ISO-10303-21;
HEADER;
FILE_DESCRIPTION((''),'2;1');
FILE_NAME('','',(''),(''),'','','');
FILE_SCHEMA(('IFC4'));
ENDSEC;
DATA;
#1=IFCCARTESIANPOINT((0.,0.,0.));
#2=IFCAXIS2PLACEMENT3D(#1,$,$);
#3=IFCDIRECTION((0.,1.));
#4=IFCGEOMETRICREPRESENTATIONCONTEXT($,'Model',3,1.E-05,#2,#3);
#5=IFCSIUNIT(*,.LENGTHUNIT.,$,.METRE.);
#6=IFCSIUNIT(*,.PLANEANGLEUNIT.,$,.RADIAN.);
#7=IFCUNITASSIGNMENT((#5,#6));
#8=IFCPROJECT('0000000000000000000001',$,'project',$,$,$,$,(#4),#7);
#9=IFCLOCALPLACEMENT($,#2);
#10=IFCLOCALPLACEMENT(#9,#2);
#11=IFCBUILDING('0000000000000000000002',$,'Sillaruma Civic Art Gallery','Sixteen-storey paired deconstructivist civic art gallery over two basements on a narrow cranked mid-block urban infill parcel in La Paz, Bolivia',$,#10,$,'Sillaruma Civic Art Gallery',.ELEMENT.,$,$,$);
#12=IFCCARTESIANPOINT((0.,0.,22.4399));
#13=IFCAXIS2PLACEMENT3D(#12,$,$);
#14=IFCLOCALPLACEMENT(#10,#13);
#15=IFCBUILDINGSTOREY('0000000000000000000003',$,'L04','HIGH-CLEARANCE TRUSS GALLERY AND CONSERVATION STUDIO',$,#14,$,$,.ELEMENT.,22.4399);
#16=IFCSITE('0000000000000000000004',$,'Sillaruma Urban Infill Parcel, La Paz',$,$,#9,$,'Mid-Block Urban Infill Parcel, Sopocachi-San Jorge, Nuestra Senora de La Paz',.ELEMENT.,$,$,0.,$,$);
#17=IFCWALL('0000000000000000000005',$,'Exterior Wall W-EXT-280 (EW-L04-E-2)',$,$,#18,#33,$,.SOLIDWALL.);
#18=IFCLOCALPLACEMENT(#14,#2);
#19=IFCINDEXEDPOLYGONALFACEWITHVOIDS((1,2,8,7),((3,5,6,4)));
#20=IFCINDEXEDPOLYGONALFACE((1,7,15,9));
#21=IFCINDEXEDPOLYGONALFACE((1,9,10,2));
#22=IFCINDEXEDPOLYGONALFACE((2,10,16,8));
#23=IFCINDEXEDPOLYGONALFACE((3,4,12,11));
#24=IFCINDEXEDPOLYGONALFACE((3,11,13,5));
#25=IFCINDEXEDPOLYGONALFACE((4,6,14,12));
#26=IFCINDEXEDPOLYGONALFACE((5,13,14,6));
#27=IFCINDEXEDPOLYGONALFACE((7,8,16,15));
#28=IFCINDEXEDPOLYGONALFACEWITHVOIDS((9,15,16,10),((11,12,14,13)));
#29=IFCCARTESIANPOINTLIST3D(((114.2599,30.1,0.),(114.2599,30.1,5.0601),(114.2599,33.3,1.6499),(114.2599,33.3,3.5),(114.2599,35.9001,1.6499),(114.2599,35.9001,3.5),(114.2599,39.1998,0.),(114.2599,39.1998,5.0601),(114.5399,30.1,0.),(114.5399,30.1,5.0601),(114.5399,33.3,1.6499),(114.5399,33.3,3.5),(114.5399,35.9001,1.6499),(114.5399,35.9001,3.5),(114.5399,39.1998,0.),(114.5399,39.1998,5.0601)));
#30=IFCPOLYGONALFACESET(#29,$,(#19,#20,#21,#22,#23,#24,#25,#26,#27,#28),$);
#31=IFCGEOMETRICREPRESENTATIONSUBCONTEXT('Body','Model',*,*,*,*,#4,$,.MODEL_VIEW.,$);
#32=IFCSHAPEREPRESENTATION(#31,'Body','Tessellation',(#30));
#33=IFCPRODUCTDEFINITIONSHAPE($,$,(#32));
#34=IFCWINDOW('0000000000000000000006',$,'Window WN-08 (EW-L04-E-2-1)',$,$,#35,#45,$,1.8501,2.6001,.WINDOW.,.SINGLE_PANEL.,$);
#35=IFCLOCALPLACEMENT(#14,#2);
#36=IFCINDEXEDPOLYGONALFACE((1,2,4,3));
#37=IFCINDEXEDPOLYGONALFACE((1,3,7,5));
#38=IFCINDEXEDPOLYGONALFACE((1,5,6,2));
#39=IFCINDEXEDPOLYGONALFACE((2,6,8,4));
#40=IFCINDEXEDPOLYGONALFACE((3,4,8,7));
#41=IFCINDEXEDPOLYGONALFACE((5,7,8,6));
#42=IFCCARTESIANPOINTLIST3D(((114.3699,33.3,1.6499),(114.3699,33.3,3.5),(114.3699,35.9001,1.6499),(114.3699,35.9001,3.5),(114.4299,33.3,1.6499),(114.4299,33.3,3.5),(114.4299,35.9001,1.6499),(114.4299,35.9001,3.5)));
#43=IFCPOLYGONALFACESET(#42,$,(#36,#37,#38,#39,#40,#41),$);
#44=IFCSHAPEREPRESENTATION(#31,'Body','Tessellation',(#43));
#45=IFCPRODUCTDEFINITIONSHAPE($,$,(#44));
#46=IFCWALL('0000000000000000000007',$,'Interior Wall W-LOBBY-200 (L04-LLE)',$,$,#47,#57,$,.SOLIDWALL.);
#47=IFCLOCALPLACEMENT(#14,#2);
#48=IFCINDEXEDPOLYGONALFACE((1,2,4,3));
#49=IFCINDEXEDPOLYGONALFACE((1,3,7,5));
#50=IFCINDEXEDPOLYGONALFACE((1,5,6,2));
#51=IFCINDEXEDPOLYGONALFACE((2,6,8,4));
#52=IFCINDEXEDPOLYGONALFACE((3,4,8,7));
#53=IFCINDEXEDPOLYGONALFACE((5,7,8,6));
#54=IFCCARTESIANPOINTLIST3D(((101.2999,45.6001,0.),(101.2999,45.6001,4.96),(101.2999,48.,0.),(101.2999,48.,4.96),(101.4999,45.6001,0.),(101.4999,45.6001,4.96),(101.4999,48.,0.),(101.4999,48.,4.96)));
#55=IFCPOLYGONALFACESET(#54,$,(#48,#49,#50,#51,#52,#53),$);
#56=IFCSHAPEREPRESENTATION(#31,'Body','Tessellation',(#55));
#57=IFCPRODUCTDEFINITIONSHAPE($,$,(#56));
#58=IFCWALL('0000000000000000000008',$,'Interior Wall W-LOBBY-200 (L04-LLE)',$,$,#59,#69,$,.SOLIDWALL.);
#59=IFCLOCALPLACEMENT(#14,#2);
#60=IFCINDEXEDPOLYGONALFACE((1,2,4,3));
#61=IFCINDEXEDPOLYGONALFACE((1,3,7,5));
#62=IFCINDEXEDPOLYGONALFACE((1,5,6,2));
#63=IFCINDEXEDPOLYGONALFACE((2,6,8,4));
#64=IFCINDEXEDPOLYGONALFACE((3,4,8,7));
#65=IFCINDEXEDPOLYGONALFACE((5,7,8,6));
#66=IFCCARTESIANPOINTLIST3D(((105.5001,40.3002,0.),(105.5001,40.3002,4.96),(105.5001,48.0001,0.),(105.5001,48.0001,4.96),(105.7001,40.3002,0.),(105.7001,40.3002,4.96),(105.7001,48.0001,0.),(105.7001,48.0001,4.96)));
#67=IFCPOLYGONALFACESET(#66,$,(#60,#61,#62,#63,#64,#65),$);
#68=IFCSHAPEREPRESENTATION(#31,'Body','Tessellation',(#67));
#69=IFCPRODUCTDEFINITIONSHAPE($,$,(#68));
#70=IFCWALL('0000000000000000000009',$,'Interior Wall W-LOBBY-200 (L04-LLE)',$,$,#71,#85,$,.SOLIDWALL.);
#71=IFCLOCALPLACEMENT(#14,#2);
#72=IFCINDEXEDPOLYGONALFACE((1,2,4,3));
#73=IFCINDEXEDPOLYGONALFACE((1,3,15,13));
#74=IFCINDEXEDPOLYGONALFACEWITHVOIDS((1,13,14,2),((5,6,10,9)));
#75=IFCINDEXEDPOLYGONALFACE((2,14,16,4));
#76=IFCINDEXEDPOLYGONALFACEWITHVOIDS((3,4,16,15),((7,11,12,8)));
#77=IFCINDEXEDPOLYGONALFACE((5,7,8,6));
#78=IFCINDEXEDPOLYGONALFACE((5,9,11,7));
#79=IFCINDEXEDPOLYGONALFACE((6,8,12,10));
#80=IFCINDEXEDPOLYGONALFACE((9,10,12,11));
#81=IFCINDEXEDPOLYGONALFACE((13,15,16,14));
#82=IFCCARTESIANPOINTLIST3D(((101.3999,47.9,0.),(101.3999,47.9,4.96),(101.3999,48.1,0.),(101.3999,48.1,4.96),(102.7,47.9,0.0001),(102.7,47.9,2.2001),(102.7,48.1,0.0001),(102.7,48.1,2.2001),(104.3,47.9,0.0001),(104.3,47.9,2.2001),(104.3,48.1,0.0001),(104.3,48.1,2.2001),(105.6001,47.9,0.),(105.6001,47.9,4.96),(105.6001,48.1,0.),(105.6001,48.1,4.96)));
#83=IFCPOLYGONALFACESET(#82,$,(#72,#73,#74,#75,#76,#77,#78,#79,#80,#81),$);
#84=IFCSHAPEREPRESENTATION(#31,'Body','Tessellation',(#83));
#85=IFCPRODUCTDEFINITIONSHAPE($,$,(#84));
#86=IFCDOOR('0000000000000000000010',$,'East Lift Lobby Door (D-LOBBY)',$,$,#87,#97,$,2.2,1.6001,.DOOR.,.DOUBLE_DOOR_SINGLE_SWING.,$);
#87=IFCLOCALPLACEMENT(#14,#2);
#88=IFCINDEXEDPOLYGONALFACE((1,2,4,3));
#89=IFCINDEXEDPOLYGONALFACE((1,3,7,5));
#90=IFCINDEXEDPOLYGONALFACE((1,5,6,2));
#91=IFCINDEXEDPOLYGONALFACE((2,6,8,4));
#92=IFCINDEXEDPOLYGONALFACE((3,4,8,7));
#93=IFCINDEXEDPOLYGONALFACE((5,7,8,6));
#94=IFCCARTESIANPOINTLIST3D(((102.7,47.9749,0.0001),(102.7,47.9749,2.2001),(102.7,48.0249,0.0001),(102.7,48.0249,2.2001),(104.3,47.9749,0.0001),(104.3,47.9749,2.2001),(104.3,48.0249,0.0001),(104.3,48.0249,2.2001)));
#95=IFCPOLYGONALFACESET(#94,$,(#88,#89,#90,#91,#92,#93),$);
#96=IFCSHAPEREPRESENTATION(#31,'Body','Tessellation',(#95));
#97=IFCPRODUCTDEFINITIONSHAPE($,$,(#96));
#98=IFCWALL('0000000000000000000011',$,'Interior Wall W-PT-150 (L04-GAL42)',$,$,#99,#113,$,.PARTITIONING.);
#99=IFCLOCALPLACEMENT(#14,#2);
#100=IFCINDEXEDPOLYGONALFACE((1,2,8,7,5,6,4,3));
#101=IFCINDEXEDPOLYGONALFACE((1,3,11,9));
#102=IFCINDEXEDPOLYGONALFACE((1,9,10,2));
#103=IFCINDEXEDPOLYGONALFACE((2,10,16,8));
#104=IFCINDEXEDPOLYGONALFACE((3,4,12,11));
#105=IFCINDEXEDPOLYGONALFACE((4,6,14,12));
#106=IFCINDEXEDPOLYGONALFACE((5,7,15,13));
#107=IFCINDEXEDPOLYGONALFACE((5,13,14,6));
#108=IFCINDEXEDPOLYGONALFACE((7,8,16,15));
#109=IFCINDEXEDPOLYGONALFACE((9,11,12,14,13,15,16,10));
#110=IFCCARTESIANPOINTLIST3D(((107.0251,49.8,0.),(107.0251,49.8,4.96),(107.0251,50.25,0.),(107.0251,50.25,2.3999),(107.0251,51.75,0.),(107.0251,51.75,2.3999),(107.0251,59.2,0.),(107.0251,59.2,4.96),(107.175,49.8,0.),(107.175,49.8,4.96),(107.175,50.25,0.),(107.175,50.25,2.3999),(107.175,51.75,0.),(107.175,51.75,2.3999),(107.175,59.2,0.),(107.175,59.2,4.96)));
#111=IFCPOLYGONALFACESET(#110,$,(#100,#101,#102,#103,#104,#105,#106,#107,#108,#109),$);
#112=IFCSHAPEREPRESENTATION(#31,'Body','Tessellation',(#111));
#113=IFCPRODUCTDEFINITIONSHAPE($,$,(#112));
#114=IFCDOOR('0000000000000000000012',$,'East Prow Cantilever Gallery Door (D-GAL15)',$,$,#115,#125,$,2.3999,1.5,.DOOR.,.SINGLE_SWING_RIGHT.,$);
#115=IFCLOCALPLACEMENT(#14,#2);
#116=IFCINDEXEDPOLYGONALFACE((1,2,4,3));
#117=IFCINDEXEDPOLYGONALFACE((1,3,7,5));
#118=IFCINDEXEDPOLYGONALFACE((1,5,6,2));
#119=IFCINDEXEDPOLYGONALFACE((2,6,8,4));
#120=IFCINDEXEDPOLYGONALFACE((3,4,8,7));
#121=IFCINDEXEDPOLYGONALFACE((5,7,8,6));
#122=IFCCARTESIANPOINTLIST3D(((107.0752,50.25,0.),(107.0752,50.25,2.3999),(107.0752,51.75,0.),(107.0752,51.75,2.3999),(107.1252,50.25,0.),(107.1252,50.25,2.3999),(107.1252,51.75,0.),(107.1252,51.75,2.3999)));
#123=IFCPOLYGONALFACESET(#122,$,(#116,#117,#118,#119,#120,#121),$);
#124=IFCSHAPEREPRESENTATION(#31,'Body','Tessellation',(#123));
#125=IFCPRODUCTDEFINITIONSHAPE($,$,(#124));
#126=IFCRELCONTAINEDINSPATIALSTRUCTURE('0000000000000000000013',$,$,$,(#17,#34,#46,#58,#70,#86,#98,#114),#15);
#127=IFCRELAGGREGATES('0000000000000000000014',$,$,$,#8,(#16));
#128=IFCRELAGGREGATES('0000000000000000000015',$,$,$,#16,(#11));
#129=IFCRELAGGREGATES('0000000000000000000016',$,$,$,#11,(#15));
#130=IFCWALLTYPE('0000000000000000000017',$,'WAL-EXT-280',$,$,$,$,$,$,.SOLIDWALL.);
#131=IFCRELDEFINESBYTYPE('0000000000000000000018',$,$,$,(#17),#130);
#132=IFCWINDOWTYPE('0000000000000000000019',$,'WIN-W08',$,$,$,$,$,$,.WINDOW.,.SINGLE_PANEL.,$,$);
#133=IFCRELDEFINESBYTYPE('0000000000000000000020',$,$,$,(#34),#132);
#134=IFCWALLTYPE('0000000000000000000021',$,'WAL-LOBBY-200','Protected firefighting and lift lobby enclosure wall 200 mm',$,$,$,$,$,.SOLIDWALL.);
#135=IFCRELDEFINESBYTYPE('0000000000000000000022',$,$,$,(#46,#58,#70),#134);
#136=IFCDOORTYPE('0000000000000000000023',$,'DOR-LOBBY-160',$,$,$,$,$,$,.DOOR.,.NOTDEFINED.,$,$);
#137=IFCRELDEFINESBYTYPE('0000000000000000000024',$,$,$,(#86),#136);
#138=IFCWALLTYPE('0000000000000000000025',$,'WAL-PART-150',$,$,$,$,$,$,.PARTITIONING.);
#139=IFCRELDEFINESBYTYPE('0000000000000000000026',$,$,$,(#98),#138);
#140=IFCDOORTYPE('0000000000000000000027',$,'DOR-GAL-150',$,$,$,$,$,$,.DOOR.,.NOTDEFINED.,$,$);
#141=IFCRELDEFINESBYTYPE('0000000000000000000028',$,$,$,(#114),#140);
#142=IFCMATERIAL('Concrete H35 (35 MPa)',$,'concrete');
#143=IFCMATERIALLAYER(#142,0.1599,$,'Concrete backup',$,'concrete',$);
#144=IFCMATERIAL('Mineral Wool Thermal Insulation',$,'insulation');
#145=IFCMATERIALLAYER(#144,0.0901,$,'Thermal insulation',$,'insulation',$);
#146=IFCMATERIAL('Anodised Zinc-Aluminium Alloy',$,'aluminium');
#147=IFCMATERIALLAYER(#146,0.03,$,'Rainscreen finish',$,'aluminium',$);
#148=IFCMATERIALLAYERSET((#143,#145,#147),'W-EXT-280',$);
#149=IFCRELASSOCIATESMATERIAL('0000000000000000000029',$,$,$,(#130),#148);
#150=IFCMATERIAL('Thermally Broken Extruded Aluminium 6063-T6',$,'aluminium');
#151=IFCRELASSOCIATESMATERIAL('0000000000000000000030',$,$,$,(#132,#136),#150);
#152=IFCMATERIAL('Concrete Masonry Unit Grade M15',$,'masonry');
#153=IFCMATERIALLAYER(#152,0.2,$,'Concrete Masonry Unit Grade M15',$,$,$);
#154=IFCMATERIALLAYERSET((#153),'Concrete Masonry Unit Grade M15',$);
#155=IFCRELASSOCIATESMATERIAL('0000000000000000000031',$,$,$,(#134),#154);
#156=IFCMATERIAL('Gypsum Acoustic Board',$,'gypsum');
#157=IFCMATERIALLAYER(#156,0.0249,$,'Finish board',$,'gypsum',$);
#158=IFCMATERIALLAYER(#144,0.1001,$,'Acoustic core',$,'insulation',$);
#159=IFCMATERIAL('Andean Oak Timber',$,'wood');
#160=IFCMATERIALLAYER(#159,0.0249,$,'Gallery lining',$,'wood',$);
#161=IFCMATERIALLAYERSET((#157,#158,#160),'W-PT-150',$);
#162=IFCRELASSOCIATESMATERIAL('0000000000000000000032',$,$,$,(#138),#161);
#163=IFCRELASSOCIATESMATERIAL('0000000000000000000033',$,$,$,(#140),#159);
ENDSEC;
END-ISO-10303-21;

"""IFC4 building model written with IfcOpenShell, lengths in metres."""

from ifc_helpers import new_model, si_unit, direction, frame, frame_2d, origin, place, context, subcontext, project, spatial, rectangle, extrude, material, layer, layer_set, type_object, element, fill, save


model = new_model("IFC4")

# Units and contexts
model_context = context("Model", 3, precision=1e-05, world=origin(), true_north=direction((0.0, 1.0)))
body_context = subcontext(model_context, "Body", "Model", "MODEL_VIEW")
ifc_project = project(units=[si_unit("LENGTHUNIT", "METRE"), si_unit("PLANEANGLEUNIT", "RADIAN")], contexts=[model_context])

# Site, building, storey
site_placement = place(None, origin())
site = spatial("IfcSite", under=ifc_project, at=site_placement, Name="Sillaruma Urban Infill Parcel, La Paz", LongName="Mid-Block Urban Infill Parcel, Sopocachi-San Jorge, Nuestra Senora de La Paz", CompositionType="ELEMENT", RefElevation=0.0)
building_placement = place(site_placement, origin())
building = spatial("IfcBuilding", under=site, at=building_placement, Name="Sillaruma Civic Art Gallery", Description="Sixteen-storey paired deconstructivist civic art gallery over two basements on a narrow cranked mid-block urban infill parcel in La Paz, Bolivia", LongName="Sillaruma Civic Art Gallery", CompositionType="ELEMENT")
storey_placement = place(building_placement, frame((0.0, 0.0, 22.4399)))
storey = spatial("IfcBuildingStorey", under=building, at=storey_placement, Name="L04", Description="HIGH-CLEARANCE TRUSS GALLERY AND CONSERVATION STUDIO", CompositionType="ELEMENT", Elevation=22.4399)

# Shared definitions
ifc_material_1 = material(Name="Concrete H35 (35 MPa)", Category="concrete")

# Shared definitions
ifc_material_2 = material(Name="Thermally Broken Extruded Aluminium 6063-T6", Category="aluminium")

# Wall, opening, window
ifc_layer_1 = layer(ifc_material_1, 0.1599, Name="Concrete backup", Category="concrete")
ifc_material_3 = material(Name="Mineral Wool Thermal Insulation", Category="insulation")
ifc_layer_2 = layer(ifc_material_3, 0.0901, Name="Thermal insulation", Category="insulation")
ifc_material_4 = material(Name="Anodised Zinc-Aluminium Alloy", Category="aluminium")
ifc_layer_3 = layer(ifc_material_4, 0.03, Name="Rainscreen finish", Category="aluminium")
ifc_layer_set_1 = layer_set([ifc_layer_1, ifc_layer_2, ifc_layer_3], Name="W-EXT-280")
wall_type_1 = type_object("IfcWallType", Name="WAL-EXT-280", PredefinedType="SOLIDWALL", material=ifc_layer_set_1)
wall_1_placement = place(storey_placement, frame((114.3999, 30.1001, 0.0), z_axis=(0.0, 0.0, 1.0), x_axis=(0.0, 1.0, 0.0)))
wall_1 = element("IfcWall", 1, at=wall_1_placement, inside=storey, type_object=wall_type_1, Name="Exterior Wall W-EXT-280 (EW-L04-E-2)", PredefinedType="SOLIDWALL", context=body_context, shape_type="SweptSolid", body=[
    extrude(rectangle(XDim=9.0999, YDim=0.28, at=frame_2d((4.5498, 0.0))), origin(), (0.0, 0.0, 1.0), 5.0601),
])
opening_1_placement = place(wall_1_placement, frame((3.2, 0.0, 1.6499)))
opening_1 = element("IfcOpeningElement", 2, at=opening_1_placement, cuts=wall_1, PredefinedType="OPENING", context=body_context, shape_type="SweptSolid", body=[
    extrude(rectangle(XDim=2.6001, YDim=1.8501, at=frame_2d((1.3, 0.925))), frame((0.0, 0.1499, 0.0), z_axis=(0.0, -1.0, 0.0), x_axis=(1.0, 0.0, 0.0)), (0.0, 0.0, 1.0), 0.3),
])
window_type = type_object("IfcWindowType", Name="WIN-W08", PartitioningType="SINGLE_PANEL", PredefinedType="WINDOW", material=ifc_material_2)
window_placement = place(opening_1_placement, origin())
window = element("IfcWindow", 3, at=window_placement, inside=storey, type_object=window_type, Name="Window WN-08 (EW-L04-E-2-1)", OverallHeight=1.8501, OverallWidth=2.6001, PartitioningType="SINGLE_PANEL", PredefinedType="WINDOW", context=body_context, shape_type="SweptSolid", body=[
    extrude(rectangle(XDim=2.6001, YDim=1.8501, at=frame_2d((1.3, 0.925))), frame((0.0, 0.03, 0.0), z_axis=(0.0, -1.0, 0.0), x_axis=(1.0, 0.0, 0.0)), (0.0, 0.0, 1.0), 0.0601),
])
fill(opening_1, window)

# Walls
ifc_material_5 = material(Name="Concrete Masonry Unit Grade M15", Category="masonry")
ifc_layer_4 = layer(ifc_material_5, 0.2, Name="Concrete Masonry Unit Grade M15")
ifc_layer_set_2 = layer_set([ifc_layer_4], Name="Concrete Masonry Unit Grade M15")
wall_type_2 = type_object("IfcWallType", Name="WAL-LOBBY-200", Description="Protected firefighting and lift lobby enclosure wall 200 mm", PredefinedType="SOLIDWALL", material=ifc_layer_set_2)
wall_2_placement = place(storey_placement, frame((101.3999, 45.6001, 0.0), z_axis=(0.0, 0.0, 1.0), x_axis=(0.0, 1.0, 0.0)))
element("IfcWall", 4, at=wall_2_placement, inside=storey, type_object=wall_type_2, Name="Interior Wall W-LOBBY-200 (L04-LLE)", PredefinedType="SOLIDWALL", context=body_context, shape_type="SweptSolid", body=[
    extrude(rectangle(XDim=2.3999, YDim=0.2, at=frame_2d((1.2, 0.0))), origin(), (0.0, 0.0, 1.0), 4.96),
])
wall_3_placement = place(storey_placement, frame((105.6001, 40.3, 0.0), z_axis=(0.0, 0.0, 1.0), x_axis=(0.0, 1.0, 0.0)))
element("IfcWall", 5, at=wall_3_placement, inside=storey, type_object=wall_type_2, Name="Interior Wall W-LOBBY-200 (L04-LLE)", PredefinedType="SOLIDWALL", context=body_context, shape_type="SweptSolid", body=[
    extrude(rectangle(XDim=7.7, YDim=0.2, at=frame_2d((3.8501, 0.0))), origin(), (0.0, 0.0, 1.0), 4.96),
])

# Walls, openings, doors
wall_4_placement = place(storey_placement, frame((101.3999, 48.0, 0.0), z_axis=(0.0, 0.0, 1.0), x_axis=(1.0, 0.0, 0.0)))
wall_4 = element("IfcWall", 6, at=wall_4_placement, inside=storey, type_object=wall_type_2, Name="Interior Wall W-LOBBY-200 (L04-LLE)", PredefinedType="SOLIDWALL", context=body_context, shape_type="SweptSolid", body=[
    extrude(rectangle(XDim=4.2002, YDim=0.2, at=frame_2d((2.1001, 0.0))), origin(), (0.0, 0.0, 1.0), 4.96),
])
opening_2_placement = place(wall_4_placement, frame((1.3, 0.0, 0.0)))
opening_2 = element("IfcOpeningElement", 7, at=opening_2_placement, cuts=wall_4, PredefinedType="OPENING", context=body_context, shape_type="SweptSolid", body=[
    extrude(rectangle(XDim=1.6001, YDim=2.2, at=frame_2d((0.8, 1.1001))), frame((0.0, 0.1099, 0.0), z_axis=(0.0, -1.0, 0.0), x_axis=(1.0, 0.0, 0.0)), (0.0, 0.0, 1.0), 0.22),
])
door_type_1 = type_object("IfcDoorType", Name="DOR-LOBBY-160", OperationType="NOTDEFINED", PredefinedType="DOOR", material=ifc_material_2)
door_1_placement = place(opening_2_placement, origin())
door_1 = element("IfcDoor", 8, at=door_1_placement, inside=storey, type_object=door_type_1, Name="East Lift Lobby Door (D-LOBBY)", OperationType="DOUBLE_DOOR_SINGLE_SWING", OverallHeight=2.2, OverallWidth=1.6001, PredefinedType="DOOR", context=body_context, shape_type="SweptSolid", body=[
    extrude(rectangle(XDim=1.6001, YDim=2.2, at=frame_2d((0.8, 1.1001))), frame((0.0, 0.0249, 0.0), z_axis=(0.0, -1.0, 0.0), x_axis=(1.0, 0.0, 0.0)), (0.0, 0.0, 1.0), 0.05),
])
fill(opening_2, door_1)
ifc_material_6 = material(Name="Gypsum Acoustic Board", Category="gypsum")
ifc_layer_5 = layer(ifc_material_6, 0.0249, Name="Finish board", Category="gypsum")
ifc_layer_6 = layer(ifc_material_3, 0.1001, Name="Acoustic core", Category="insulation")
ifc_material_7 = material(Name="Andean Oak Timber", Category="wood")
ifc_layer_7 = layer(ifc_material_7, 0.0249, Name="Gallery lining", Category="wood")
ifc_layer_set_3 = layer_set([ifc_layer_5, ifc_layer_6, ifc_layer_7], Name="W-PT-150")
wall_type_3 = type_object("IfcWallType", Name="WAL-PART-150", PredefinedType="PARTITIONING", material=ifc_layer_set_3)
wall_5_placement = place(storey_placement, frame((107.1001, 49.8, 0.0), z_axis=(0.0, 0.0, 1.0), x_axis=(0.0, 1.0, 0.0)))
wall_5 = element("IfcWall", 9, at=wall_5_placement, inside=storey, type_object=wall_type_3, Name="Interior Wall W-PT-150 (L04-GAL42)", PredefinedType="PARTITIONING", context=body_context, shape_type="SweptSolid", body=[
    extrude(rectangle(XDim=9.3999, YDim=0.1499, at=frame_2d((4.7, 0.0))), origin(), (0.0, 0.0, 1.0), 4.96),
])
opening_3_placement = place(wall_5_placement, frame((0.45, 0.0, 0.0)))
opening_3 = element("IfcOpeningElement", 10, at=opening_3_placement, cuts=wall_5, PredefinedType="OPENING", context=body_context, shape_type="SweptSolid", body=[
    extrude(rectangle(XDim=1.5, YDim=2.3999, at=frame_2d((0.75, 1.2))), frame((0.0, 0.085, 0.0), z_axis=(0.0, -1.0, 0.0), x_axis=(1.0, 0.0, 0.0)), (0.0, 0.0, 1.0), 0.1699),
])
door_type_2 = type_object("IfcDoorType", Name="DOR-GAL-150", OperationType="NOTDEFINED", PredefinedType="DOOR", material=ifc_material_7)
door_2_placement = place(opening_3_placement, origin())
door_2 = element("IfcDoor", 11, at=door_2_placement, inside=storey, type_object=door_type_2, Name="East Prow Cantilever Gallery Door (D-GAL15)", OperationType="SINGLE_SWING_RIGHT", OverallHeight=2.3999, OverallWidth=1.5, PredefinedType="DOOR", context=body_context, shape_type="SweptSolid", body=[
    extrude(rectangle(XDim=1.5, YDim=2.3999, at=frame_2d((0.75, 1.2))), frame((0.0, 0.0249, 0.0), z_axis=(0.0, -1.0, 0.0), x_axis=(1.0, 0.0, 0.0)), (0.0, 0.0, 1.0), 0.05),
])
fill(opening_3, door_2)

save(model, "model.ifc")
